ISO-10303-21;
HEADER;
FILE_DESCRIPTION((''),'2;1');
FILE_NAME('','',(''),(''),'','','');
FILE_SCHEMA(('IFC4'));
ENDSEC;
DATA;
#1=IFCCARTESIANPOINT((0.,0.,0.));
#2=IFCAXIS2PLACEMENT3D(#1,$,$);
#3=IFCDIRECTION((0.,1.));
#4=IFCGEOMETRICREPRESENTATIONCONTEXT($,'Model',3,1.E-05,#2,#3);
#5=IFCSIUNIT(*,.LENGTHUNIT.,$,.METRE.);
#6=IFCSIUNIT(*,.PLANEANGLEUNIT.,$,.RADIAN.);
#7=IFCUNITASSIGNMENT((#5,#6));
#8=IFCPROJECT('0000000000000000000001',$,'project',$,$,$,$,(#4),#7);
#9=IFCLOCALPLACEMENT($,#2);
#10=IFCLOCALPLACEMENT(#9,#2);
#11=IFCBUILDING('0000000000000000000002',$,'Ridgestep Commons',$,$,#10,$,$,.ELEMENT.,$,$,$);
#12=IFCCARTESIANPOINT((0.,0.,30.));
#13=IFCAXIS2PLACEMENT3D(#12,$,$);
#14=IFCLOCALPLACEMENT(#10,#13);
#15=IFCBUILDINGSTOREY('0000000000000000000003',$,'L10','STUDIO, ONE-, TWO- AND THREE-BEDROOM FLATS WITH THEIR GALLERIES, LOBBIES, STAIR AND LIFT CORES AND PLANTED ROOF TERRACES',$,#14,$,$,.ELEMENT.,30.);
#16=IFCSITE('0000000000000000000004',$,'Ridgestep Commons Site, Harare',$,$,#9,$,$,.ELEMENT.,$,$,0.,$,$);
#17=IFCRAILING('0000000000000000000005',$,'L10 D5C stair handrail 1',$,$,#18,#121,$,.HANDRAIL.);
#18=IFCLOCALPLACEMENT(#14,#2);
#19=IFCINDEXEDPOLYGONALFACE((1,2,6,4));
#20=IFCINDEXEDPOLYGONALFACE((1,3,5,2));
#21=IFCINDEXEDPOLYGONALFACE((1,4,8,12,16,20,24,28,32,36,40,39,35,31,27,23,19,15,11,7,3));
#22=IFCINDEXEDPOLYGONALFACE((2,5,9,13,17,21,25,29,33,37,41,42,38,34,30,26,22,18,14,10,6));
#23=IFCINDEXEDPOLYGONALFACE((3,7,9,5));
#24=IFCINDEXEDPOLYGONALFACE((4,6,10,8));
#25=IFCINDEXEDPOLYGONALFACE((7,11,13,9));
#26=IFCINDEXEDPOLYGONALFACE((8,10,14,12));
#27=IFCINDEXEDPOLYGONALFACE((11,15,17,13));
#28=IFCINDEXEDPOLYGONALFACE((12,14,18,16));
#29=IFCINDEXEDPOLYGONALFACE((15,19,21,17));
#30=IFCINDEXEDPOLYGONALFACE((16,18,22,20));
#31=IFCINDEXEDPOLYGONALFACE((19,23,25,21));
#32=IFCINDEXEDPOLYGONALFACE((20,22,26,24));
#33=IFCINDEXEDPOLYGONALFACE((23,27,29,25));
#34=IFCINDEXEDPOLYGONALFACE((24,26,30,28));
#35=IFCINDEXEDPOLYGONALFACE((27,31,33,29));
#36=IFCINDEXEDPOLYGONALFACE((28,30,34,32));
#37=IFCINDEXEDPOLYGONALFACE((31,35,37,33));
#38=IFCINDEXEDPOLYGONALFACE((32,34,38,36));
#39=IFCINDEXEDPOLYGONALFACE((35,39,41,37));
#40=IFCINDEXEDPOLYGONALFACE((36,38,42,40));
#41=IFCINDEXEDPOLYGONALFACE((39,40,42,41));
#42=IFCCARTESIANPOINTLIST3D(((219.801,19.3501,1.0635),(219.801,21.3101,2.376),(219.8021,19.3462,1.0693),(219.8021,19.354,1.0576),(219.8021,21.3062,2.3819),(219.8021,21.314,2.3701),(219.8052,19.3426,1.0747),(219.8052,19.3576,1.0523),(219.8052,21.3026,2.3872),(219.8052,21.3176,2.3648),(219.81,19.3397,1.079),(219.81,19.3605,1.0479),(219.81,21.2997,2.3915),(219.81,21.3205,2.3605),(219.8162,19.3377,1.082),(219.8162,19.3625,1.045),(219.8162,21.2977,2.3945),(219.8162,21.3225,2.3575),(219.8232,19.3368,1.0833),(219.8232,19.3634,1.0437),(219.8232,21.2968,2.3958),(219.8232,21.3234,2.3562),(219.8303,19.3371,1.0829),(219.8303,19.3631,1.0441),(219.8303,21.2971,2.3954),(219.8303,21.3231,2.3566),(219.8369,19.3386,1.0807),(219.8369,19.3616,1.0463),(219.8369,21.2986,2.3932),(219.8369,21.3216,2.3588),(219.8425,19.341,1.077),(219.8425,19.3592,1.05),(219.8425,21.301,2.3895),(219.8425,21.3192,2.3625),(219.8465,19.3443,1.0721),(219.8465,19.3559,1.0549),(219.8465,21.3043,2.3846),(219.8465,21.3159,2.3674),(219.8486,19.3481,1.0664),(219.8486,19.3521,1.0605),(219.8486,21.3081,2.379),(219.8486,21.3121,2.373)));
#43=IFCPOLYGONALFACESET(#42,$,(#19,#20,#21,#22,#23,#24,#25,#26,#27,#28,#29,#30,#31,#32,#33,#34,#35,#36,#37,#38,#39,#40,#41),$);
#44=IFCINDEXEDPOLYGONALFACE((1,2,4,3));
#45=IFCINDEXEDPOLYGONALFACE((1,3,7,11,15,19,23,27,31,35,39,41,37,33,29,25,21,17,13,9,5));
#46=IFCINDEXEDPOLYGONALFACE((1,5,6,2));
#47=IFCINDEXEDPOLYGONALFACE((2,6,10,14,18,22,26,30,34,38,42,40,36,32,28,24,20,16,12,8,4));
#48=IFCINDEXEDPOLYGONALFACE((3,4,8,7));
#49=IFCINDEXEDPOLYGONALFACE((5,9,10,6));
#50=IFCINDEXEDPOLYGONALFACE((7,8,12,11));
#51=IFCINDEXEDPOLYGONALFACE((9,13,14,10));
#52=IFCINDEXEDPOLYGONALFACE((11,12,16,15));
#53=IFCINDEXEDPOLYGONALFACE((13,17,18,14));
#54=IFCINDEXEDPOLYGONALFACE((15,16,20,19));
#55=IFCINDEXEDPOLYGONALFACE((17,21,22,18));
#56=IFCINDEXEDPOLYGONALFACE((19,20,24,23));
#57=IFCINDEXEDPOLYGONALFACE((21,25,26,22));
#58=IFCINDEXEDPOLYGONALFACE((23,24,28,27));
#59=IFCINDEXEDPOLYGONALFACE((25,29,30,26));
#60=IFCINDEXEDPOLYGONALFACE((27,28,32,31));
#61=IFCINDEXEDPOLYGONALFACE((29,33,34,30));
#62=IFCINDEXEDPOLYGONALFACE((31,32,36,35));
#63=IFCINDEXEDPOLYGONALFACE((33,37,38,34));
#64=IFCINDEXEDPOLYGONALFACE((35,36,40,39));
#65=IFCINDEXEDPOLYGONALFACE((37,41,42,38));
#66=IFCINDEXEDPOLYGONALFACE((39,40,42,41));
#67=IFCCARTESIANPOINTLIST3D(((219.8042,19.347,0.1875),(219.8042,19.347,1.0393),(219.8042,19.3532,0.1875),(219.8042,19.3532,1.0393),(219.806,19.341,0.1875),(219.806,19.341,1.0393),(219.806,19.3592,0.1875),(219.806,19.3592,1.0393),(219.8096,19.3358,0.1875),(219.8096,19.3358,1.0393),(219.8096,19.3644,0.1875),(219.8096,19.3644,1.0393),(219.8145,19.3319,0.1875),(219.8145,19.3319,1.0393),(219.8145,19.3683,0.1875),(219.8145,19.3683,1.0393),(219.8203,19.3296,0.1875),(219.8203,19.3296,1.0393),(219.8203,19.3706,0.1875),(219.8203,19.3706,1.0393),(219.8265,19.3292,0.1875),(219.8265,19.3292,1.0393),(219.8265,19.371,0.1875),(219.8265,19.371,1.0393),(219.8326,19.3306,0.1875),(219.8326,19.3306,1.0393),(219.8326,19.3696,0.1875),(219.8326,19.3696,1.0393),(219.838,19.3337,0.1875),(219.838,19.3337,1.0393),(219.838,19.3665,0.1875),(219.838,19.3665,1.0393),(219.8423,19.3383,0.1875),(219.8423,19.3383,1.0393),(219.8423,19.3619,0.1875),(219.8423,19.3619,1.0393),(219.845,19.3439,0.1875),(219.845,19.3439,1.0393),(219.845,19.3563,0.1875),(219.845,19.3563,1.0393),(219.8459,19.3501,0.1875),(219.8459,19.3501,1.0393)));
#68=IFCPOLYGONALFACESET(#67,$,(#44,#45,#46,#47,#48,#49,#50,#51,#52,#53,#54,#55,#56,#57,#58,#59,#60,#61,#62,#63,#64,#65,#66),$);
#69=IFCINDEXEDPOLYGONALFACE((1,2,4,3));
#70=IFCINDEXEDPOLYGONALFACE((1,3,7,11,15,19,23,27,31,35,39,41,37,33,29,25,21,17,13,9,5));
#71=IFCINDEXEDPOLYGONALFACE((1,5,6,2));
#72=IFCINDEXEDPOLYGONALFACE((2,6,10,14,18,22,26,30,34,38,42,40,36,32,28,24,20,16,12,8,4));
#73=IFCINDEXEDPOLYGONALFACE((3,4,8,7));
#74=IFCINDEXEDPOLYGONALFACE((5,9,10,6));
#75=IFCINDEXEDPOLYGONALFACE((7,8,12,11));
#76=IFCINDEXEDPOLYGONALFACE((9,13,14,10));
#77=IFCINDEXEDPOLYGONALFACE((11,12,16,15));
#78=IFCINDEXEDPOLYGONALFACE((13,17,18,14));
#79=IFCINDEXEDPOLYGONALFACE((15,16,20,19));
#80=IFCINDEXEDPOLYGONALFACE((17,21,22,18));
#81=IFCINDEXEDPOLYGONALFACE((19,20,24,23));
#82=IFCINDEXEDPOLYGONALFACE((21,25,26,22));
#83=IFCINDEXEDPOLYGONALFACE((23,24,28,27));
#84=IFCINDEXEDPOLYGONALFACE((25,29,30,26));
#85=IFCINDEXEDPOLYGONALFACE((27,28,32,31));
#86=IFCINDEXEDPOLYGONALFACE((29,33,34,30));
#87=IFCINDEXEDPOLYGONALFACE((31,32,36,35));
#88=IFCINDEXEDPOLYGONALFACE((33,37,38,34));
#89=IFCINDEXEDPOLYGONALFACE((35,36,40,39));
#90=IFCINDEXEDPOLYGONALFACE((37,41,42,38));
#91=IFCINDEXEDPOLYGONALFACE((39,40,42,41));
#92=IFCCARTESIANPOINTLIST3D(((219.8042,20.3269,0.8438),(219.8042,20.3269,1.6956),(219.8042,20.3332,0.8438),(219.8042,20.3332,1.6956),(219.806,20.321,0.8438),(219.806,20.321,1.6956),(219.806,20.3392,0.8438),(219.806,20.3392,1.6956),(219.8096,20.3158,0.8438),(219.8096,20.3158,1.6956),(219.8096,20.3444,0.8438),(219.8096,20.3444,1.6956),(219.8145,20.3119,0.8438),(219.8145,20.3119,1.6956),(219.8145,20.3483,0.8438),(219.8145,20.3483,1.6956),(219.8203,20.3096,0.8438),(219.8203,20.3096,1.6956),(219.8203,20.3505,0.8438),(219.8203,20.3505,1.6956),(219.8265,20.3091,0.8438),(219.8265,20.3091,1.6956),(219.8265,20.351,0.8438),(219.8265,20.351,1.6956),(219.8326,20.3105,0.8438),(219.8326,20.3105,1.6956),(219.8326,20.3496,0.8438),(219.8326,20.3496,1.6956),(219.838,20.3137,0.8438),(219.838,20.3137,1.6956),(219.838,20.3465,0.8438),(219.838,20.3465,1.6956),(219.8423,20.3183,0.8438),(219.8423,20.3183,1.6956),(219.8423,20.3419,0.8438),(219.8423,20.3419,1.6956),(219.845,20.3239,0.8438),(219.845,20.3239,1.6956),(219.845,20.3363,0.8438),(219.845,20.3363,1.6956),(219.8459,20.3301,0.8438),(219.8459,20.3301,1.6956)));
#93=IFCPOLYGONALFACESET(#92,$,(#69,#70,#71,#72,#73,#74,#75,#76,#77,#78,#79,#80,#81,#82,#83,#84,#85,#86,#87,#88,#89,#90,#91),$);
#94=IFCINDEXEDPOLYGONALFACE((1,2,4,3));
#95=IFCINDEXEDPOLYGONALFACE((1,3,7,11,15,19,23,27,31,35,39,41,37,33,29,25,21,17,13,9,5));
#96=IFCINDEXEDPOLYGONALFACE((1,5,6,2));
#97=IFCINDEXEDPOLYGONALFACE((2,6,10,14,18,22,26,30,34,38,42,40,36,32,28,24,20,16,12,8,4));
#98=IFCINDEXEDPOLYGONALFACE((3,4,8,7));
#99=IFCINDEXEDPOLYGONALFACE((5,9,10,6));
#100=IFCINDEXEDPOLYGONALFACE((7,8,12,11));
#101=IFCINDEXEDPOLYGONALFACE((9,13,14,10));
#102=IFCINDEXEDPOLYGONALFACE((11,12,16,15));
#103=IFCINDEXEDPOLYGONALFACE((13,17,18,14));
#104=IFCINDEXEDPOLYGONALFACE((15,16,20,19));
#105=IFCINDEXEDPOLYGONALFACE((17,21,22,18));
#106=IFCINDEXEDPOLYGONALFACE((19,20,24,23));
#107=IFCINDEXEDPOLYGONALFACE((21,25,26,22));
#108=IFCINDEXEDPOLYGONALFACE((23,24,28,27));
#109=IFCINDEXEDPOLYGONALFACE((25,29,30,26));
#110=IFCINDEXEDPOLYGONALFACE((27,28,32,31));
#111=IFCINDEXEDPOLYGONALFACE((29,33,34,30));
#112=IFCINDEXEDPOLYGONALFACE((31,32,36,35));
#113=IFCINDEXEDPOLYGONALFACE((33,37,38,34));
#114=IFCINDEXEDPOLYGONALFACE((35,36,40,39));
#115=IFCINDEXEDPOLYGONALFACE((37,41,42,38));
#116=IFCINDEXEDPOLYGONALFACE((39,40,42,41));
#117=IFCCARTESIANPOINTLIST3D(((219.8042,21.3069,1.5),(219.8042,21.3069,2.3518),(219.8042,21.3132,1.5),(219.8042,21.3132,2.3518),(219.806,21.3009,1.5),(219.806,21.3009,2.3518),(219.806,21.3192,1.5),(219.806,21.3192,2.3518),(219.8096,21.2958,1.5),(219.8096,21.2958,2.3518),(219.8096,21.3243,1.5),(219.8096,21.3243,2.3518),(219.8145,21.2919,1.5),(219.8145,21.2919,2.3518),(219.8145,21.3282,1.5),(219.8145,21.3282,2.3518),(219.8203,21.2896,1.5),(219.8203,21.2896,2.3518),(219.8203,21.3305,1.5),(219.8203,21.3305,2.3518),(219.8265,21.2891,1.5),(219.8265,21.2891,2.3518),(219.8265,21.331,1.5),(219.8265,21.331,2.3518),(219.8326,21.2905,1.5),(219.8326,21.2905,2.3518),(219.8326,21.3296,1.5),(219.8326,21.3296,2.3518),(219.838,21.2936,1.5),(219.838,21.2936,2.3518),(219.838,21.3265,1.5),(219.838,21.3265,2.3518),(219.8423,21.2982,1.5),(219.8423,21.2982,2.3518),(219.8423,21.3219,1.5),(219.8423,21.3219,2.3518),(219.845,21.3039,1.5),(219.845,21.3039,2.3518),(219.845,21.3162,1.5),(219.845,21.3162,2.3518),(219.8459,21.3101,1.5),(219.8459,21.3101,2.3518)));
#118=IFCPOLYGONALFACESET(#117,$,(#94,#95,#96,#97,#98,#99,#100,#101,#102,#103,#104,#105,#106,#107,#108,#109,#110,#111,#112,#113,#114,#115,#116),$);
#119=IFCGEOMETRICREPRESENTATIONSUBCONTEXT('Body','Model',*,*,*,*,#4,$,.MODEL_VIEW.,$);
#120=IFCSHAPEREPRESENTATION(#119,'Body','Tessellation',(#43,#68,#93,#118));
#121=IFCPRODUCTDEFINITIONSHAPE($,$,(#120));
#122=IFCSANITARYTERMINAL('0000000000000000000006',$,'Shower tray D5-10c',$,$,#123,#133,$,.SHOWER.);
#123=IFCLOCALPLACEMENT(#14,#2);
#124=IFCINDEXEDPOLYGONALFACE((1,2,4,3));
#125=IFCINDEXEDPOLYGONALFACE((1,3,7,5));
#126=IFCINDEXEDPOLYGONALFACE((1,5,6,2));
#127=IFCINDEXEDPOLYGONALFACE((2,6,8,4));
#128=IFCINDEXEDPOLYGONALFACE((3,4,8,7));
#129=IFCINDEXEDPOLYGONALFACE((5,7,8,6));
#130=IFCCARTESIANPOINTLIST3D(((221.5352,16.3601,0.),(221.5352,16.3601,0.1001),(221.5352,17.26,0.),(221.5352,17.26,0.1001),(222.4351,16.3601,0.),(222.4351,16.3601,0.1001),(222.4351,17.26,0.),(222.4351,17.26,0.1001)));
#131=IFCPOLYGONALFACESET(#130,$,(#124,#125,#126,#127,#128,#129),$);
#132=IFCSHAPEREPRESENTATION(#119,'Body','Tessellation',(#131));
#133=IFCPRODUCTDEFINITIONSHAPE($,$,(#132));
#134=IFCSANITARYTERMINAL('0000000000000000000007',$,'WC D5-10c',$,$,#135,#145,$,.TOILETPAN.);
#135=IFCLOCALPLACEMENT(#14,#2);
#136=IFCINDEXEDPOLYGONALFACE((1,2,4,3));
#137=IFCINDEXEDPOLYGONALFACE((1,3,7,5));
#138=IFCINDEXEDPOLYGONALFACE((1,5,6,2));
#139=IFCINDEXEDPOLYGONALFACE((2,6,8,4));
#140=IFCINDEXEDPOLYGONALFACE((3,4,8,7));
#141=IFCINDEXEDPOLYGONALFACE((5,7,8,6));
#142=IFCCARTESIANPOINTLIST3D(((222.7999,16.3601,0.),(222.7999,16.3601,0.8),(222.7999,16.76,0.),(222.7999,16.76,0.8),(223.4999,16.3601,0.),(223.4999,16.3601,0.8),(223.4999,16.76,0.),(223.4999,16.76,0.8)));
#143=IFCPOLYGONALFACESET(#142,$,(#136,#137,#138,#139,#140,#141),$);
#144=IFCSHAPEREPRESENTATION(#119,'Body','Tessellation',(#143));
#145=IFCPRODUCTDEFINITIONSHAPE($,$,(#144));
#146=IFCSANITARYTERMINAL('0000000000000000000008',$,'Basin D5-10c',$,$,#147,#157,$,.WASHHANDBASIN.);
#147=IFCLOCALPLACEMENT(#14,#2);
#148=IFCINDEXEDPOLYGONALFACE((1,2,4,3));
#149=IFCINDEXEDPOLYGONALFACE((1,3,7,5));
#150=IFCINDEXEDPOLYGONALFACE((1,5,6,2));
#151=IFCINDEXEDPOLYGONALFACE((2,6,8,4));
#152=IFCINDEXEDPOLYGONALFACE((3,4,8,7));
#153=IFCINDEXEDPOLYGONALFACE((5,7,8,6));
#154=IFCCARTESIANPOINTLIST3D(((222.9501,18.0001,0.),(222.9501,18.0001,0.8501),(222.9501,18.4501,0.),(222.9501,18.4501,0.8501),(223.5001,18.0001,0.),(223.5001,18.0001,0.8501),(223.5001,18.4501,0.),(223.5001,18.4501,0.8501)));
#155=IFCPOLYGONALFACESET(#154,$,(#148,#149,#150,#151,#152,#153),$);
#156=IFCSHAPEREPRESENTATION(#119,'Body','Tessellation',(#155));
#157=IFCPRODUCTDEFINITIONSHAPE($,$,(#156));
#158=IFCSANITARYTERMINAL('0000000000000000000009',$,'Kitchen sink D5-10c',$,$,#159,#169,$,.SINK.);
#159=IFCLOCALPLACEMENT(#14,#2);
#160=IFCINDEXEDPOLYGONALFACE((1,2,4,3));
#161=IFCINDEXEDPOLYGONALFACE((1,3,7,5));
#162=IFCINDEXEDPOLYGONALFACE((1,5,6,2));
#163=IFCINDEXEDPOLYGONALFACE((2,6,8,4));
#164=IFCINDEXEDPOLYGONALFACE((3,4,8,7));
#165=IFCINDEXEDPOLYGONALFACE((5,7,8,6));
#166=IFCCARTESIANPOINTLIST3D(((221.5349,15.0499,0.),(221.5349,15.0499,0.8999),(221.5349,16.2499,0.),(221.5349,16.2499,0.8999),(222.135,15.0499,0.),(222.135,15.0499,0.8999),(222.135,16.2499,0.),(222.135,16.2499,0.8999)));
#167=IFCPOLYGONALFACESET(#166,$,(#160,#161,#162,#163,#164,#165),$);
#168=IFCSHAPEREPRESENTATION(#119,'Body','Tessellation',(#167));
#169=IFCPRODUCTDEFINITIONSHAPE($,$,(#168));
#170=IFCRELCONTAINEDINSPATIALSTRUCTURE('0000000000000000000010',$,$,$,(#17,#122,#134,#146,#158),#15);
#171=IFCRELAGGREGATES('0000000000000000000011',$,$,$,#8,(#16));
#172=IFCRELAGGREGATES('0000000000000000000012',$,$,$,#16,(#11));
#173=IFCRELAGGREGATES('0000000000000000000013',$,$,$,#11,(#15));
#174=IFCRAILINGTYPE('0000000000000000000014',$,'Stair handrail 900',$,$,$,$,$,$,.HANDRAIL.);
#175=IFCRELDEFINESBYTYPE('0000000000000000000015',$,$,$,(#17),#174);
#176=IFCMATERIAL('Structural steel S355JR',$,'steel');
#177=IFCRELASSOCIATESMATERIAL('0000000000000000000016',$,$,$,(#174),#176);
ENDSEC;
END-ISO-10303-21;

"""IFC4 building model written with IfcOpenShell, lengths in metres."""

from ifc_helpers import new_model, si_unit, direction, frame, origin, origin_2d, place, context, subcontext, project, spatial, rectangle, circle, extrude, material, type_object, element, save


model = new_model("IFC4")

# Units and contexts
model_context = context("Model", 3, precision=1e-05, world=origin(), true_north=direction((0.0, 1.0)))
body_context = subcontext(model_context, "Body", "Model", "MODEL_VIEW")
ifc_project = project(units=[si_unit("LENGTHUNIT", "METRE"), si_unit("PLANEANGLEUNIT", "RADIAN")], contexts=[model_context])

# Site, building, storey
site_placement = place(None, origin())
site = spatial("IfcSite", under=ifc_project, at=site_placement, Name="Ridgestep Commons Site, Harare", CompositionType="ELEMENT", RefElevation=0.0)
building_placement = place(site_placement, origin())
building = spatial("IfcBuilding", under=site, at=building_placement, Name="Ridgestep Commons", CompositionType="ELEMENT")
storey_placement = place(building_placement, frame((0.0, 0.0, 30.0)))
storey = spatial("IfcBuildingStorey", under=building, at=storey_placement, Name="L10", Description="STUDIO, ONE-, TWO- AND THREE-BEDROOM FLATS WITH THEIR GALLERIES, LOBBIES, STAIR AND LIFT CORES AND PLANTED ROOF TERRACES", CompositionType="ELEMENT", Elevation=30.0)

# Railing
ifc_material_1 = material(Name="Structural steel S355JR", Category="steel")
railing_type_1 = type_object("IfcRailingType", Name="Stair handrail 900", PredefinedType="HANDRAIL", material=ifc_material_1)
railing_1_placement = place(storey_placement, frame((219.825, 19.3501, 0.1875)))
element("IfcRailing", 1, at=railing_1_placement, inside=storey, type_object=railing_type_1, Name="L10 D5C stair handrail 1", PredefinedType="HANDRAIL", context=body_context, shape_type="SweptSolid", body=[
    extrude(circle(Radius=0.0239, at=origin_2d()), frame((0.0, 0.0, 0.876), z_axis=(0.0, 0.830902, 0.556419), x_axis=(-1.0, 0.0, 0.0)), (0.0, 0.0, 1.0), 2.3589),
    extrude(circle(Radius=0.021, at=origin_2d()), origin(), (0.0, 0.0, 1.0), 0.8518),
    extrude(circle(Radius=0.021, at=origin_2d()), frame((0.0, 0.98, 0.6562)), (0.0, 0.0, 1.0), 0.8518),
    extrude(circle(Radius=0.021, at=origin_2d()), frame((0.0, 1.96, 1.3125)), (0.0, 0.0, 1.0), 0.8518),
])

# Sanitary terminals
sanitary_terminal_1_placement = place(storey_placement, frame((221.9851, 16.8101, 0.0), z_axis=(0.0, 0.0, 1.0), x_axis=(1.0, 0.0, 0.0)))
element("IfcSanitaryTerminal", 2, at=sanitary_terminal_1_placement, inside=storey, Name="Shower tray D5-10c", PredefinedType="SHOWER", context=body_context, shape_type="SweptSolid", body=[
    extrude(rectangle(XDim=0.8999, YDim=0.8999, at=origin_2d()), origin(), (0.0, 0.0, 1.0), 0.1001),
])
sanitary_terminal_2_placement = place(storey_placement, frame((223.1499, 16.5601, 0.0), z_axis=(0.0, 0.0, 1.0), x_axis=(1.0, 0.0, 0.0)))
element("IfcSanitaryTerminal", 3, at=sanitary_terminal_2_placement, inside=storey, Name="WC D5-10c", PredefinedType="TOILETPAN", context=body_context, shape_type="SweptSolid", body=[
    extrude(rectangle(XDim=0.7, YDim=0.3999, at=origin_2d()), origin(), (0.0, 0.0, 1.0), 0.8),
])
sanitary_terminal_3_placement = place(storey_placement, frame((223.2251, 18.2251, 0.0), z_axis=(0.0, 0.0, 1.0), x_axis=(1.0, 0.0, 0.0)))
element("IfcSanitaryTerminal", 4, at=sanitary_terminal_3_placement, inside=storey, Name="Basin D5-10c", PredefinedType="WASHHANDBASIN", context=body_context, shape_type="SweptSolid", body=[
    extrude(rectangle(XDim=0.55, YDim=0.45, at=origin_2d()), origin(), (0.0, 0.0, 1.0), 0.8501),
])
sanitary_terminal_4_placement = place(storey_placement, frame((221.835, 15.6499, 0.0), z_axis=(0.0, 0.0, 1.0), x_axis=(1.0, 0.0, 0.0)))
element("IfcSanitaryTerminal", 5, at=sanitary_terminal_4_placement, inside=storey, Name="Kitchen sink D5-10c", PredefinedType="SINK", context=body_context, shape_type="SweptSolid", body=[
    extrude(rectangle(XDim=0.6001, YDim=1.2, at=origin_2d()), origin(), (0.0, 0.0, 1.0), 0.8999),
])

save(model, "model.ifc")
